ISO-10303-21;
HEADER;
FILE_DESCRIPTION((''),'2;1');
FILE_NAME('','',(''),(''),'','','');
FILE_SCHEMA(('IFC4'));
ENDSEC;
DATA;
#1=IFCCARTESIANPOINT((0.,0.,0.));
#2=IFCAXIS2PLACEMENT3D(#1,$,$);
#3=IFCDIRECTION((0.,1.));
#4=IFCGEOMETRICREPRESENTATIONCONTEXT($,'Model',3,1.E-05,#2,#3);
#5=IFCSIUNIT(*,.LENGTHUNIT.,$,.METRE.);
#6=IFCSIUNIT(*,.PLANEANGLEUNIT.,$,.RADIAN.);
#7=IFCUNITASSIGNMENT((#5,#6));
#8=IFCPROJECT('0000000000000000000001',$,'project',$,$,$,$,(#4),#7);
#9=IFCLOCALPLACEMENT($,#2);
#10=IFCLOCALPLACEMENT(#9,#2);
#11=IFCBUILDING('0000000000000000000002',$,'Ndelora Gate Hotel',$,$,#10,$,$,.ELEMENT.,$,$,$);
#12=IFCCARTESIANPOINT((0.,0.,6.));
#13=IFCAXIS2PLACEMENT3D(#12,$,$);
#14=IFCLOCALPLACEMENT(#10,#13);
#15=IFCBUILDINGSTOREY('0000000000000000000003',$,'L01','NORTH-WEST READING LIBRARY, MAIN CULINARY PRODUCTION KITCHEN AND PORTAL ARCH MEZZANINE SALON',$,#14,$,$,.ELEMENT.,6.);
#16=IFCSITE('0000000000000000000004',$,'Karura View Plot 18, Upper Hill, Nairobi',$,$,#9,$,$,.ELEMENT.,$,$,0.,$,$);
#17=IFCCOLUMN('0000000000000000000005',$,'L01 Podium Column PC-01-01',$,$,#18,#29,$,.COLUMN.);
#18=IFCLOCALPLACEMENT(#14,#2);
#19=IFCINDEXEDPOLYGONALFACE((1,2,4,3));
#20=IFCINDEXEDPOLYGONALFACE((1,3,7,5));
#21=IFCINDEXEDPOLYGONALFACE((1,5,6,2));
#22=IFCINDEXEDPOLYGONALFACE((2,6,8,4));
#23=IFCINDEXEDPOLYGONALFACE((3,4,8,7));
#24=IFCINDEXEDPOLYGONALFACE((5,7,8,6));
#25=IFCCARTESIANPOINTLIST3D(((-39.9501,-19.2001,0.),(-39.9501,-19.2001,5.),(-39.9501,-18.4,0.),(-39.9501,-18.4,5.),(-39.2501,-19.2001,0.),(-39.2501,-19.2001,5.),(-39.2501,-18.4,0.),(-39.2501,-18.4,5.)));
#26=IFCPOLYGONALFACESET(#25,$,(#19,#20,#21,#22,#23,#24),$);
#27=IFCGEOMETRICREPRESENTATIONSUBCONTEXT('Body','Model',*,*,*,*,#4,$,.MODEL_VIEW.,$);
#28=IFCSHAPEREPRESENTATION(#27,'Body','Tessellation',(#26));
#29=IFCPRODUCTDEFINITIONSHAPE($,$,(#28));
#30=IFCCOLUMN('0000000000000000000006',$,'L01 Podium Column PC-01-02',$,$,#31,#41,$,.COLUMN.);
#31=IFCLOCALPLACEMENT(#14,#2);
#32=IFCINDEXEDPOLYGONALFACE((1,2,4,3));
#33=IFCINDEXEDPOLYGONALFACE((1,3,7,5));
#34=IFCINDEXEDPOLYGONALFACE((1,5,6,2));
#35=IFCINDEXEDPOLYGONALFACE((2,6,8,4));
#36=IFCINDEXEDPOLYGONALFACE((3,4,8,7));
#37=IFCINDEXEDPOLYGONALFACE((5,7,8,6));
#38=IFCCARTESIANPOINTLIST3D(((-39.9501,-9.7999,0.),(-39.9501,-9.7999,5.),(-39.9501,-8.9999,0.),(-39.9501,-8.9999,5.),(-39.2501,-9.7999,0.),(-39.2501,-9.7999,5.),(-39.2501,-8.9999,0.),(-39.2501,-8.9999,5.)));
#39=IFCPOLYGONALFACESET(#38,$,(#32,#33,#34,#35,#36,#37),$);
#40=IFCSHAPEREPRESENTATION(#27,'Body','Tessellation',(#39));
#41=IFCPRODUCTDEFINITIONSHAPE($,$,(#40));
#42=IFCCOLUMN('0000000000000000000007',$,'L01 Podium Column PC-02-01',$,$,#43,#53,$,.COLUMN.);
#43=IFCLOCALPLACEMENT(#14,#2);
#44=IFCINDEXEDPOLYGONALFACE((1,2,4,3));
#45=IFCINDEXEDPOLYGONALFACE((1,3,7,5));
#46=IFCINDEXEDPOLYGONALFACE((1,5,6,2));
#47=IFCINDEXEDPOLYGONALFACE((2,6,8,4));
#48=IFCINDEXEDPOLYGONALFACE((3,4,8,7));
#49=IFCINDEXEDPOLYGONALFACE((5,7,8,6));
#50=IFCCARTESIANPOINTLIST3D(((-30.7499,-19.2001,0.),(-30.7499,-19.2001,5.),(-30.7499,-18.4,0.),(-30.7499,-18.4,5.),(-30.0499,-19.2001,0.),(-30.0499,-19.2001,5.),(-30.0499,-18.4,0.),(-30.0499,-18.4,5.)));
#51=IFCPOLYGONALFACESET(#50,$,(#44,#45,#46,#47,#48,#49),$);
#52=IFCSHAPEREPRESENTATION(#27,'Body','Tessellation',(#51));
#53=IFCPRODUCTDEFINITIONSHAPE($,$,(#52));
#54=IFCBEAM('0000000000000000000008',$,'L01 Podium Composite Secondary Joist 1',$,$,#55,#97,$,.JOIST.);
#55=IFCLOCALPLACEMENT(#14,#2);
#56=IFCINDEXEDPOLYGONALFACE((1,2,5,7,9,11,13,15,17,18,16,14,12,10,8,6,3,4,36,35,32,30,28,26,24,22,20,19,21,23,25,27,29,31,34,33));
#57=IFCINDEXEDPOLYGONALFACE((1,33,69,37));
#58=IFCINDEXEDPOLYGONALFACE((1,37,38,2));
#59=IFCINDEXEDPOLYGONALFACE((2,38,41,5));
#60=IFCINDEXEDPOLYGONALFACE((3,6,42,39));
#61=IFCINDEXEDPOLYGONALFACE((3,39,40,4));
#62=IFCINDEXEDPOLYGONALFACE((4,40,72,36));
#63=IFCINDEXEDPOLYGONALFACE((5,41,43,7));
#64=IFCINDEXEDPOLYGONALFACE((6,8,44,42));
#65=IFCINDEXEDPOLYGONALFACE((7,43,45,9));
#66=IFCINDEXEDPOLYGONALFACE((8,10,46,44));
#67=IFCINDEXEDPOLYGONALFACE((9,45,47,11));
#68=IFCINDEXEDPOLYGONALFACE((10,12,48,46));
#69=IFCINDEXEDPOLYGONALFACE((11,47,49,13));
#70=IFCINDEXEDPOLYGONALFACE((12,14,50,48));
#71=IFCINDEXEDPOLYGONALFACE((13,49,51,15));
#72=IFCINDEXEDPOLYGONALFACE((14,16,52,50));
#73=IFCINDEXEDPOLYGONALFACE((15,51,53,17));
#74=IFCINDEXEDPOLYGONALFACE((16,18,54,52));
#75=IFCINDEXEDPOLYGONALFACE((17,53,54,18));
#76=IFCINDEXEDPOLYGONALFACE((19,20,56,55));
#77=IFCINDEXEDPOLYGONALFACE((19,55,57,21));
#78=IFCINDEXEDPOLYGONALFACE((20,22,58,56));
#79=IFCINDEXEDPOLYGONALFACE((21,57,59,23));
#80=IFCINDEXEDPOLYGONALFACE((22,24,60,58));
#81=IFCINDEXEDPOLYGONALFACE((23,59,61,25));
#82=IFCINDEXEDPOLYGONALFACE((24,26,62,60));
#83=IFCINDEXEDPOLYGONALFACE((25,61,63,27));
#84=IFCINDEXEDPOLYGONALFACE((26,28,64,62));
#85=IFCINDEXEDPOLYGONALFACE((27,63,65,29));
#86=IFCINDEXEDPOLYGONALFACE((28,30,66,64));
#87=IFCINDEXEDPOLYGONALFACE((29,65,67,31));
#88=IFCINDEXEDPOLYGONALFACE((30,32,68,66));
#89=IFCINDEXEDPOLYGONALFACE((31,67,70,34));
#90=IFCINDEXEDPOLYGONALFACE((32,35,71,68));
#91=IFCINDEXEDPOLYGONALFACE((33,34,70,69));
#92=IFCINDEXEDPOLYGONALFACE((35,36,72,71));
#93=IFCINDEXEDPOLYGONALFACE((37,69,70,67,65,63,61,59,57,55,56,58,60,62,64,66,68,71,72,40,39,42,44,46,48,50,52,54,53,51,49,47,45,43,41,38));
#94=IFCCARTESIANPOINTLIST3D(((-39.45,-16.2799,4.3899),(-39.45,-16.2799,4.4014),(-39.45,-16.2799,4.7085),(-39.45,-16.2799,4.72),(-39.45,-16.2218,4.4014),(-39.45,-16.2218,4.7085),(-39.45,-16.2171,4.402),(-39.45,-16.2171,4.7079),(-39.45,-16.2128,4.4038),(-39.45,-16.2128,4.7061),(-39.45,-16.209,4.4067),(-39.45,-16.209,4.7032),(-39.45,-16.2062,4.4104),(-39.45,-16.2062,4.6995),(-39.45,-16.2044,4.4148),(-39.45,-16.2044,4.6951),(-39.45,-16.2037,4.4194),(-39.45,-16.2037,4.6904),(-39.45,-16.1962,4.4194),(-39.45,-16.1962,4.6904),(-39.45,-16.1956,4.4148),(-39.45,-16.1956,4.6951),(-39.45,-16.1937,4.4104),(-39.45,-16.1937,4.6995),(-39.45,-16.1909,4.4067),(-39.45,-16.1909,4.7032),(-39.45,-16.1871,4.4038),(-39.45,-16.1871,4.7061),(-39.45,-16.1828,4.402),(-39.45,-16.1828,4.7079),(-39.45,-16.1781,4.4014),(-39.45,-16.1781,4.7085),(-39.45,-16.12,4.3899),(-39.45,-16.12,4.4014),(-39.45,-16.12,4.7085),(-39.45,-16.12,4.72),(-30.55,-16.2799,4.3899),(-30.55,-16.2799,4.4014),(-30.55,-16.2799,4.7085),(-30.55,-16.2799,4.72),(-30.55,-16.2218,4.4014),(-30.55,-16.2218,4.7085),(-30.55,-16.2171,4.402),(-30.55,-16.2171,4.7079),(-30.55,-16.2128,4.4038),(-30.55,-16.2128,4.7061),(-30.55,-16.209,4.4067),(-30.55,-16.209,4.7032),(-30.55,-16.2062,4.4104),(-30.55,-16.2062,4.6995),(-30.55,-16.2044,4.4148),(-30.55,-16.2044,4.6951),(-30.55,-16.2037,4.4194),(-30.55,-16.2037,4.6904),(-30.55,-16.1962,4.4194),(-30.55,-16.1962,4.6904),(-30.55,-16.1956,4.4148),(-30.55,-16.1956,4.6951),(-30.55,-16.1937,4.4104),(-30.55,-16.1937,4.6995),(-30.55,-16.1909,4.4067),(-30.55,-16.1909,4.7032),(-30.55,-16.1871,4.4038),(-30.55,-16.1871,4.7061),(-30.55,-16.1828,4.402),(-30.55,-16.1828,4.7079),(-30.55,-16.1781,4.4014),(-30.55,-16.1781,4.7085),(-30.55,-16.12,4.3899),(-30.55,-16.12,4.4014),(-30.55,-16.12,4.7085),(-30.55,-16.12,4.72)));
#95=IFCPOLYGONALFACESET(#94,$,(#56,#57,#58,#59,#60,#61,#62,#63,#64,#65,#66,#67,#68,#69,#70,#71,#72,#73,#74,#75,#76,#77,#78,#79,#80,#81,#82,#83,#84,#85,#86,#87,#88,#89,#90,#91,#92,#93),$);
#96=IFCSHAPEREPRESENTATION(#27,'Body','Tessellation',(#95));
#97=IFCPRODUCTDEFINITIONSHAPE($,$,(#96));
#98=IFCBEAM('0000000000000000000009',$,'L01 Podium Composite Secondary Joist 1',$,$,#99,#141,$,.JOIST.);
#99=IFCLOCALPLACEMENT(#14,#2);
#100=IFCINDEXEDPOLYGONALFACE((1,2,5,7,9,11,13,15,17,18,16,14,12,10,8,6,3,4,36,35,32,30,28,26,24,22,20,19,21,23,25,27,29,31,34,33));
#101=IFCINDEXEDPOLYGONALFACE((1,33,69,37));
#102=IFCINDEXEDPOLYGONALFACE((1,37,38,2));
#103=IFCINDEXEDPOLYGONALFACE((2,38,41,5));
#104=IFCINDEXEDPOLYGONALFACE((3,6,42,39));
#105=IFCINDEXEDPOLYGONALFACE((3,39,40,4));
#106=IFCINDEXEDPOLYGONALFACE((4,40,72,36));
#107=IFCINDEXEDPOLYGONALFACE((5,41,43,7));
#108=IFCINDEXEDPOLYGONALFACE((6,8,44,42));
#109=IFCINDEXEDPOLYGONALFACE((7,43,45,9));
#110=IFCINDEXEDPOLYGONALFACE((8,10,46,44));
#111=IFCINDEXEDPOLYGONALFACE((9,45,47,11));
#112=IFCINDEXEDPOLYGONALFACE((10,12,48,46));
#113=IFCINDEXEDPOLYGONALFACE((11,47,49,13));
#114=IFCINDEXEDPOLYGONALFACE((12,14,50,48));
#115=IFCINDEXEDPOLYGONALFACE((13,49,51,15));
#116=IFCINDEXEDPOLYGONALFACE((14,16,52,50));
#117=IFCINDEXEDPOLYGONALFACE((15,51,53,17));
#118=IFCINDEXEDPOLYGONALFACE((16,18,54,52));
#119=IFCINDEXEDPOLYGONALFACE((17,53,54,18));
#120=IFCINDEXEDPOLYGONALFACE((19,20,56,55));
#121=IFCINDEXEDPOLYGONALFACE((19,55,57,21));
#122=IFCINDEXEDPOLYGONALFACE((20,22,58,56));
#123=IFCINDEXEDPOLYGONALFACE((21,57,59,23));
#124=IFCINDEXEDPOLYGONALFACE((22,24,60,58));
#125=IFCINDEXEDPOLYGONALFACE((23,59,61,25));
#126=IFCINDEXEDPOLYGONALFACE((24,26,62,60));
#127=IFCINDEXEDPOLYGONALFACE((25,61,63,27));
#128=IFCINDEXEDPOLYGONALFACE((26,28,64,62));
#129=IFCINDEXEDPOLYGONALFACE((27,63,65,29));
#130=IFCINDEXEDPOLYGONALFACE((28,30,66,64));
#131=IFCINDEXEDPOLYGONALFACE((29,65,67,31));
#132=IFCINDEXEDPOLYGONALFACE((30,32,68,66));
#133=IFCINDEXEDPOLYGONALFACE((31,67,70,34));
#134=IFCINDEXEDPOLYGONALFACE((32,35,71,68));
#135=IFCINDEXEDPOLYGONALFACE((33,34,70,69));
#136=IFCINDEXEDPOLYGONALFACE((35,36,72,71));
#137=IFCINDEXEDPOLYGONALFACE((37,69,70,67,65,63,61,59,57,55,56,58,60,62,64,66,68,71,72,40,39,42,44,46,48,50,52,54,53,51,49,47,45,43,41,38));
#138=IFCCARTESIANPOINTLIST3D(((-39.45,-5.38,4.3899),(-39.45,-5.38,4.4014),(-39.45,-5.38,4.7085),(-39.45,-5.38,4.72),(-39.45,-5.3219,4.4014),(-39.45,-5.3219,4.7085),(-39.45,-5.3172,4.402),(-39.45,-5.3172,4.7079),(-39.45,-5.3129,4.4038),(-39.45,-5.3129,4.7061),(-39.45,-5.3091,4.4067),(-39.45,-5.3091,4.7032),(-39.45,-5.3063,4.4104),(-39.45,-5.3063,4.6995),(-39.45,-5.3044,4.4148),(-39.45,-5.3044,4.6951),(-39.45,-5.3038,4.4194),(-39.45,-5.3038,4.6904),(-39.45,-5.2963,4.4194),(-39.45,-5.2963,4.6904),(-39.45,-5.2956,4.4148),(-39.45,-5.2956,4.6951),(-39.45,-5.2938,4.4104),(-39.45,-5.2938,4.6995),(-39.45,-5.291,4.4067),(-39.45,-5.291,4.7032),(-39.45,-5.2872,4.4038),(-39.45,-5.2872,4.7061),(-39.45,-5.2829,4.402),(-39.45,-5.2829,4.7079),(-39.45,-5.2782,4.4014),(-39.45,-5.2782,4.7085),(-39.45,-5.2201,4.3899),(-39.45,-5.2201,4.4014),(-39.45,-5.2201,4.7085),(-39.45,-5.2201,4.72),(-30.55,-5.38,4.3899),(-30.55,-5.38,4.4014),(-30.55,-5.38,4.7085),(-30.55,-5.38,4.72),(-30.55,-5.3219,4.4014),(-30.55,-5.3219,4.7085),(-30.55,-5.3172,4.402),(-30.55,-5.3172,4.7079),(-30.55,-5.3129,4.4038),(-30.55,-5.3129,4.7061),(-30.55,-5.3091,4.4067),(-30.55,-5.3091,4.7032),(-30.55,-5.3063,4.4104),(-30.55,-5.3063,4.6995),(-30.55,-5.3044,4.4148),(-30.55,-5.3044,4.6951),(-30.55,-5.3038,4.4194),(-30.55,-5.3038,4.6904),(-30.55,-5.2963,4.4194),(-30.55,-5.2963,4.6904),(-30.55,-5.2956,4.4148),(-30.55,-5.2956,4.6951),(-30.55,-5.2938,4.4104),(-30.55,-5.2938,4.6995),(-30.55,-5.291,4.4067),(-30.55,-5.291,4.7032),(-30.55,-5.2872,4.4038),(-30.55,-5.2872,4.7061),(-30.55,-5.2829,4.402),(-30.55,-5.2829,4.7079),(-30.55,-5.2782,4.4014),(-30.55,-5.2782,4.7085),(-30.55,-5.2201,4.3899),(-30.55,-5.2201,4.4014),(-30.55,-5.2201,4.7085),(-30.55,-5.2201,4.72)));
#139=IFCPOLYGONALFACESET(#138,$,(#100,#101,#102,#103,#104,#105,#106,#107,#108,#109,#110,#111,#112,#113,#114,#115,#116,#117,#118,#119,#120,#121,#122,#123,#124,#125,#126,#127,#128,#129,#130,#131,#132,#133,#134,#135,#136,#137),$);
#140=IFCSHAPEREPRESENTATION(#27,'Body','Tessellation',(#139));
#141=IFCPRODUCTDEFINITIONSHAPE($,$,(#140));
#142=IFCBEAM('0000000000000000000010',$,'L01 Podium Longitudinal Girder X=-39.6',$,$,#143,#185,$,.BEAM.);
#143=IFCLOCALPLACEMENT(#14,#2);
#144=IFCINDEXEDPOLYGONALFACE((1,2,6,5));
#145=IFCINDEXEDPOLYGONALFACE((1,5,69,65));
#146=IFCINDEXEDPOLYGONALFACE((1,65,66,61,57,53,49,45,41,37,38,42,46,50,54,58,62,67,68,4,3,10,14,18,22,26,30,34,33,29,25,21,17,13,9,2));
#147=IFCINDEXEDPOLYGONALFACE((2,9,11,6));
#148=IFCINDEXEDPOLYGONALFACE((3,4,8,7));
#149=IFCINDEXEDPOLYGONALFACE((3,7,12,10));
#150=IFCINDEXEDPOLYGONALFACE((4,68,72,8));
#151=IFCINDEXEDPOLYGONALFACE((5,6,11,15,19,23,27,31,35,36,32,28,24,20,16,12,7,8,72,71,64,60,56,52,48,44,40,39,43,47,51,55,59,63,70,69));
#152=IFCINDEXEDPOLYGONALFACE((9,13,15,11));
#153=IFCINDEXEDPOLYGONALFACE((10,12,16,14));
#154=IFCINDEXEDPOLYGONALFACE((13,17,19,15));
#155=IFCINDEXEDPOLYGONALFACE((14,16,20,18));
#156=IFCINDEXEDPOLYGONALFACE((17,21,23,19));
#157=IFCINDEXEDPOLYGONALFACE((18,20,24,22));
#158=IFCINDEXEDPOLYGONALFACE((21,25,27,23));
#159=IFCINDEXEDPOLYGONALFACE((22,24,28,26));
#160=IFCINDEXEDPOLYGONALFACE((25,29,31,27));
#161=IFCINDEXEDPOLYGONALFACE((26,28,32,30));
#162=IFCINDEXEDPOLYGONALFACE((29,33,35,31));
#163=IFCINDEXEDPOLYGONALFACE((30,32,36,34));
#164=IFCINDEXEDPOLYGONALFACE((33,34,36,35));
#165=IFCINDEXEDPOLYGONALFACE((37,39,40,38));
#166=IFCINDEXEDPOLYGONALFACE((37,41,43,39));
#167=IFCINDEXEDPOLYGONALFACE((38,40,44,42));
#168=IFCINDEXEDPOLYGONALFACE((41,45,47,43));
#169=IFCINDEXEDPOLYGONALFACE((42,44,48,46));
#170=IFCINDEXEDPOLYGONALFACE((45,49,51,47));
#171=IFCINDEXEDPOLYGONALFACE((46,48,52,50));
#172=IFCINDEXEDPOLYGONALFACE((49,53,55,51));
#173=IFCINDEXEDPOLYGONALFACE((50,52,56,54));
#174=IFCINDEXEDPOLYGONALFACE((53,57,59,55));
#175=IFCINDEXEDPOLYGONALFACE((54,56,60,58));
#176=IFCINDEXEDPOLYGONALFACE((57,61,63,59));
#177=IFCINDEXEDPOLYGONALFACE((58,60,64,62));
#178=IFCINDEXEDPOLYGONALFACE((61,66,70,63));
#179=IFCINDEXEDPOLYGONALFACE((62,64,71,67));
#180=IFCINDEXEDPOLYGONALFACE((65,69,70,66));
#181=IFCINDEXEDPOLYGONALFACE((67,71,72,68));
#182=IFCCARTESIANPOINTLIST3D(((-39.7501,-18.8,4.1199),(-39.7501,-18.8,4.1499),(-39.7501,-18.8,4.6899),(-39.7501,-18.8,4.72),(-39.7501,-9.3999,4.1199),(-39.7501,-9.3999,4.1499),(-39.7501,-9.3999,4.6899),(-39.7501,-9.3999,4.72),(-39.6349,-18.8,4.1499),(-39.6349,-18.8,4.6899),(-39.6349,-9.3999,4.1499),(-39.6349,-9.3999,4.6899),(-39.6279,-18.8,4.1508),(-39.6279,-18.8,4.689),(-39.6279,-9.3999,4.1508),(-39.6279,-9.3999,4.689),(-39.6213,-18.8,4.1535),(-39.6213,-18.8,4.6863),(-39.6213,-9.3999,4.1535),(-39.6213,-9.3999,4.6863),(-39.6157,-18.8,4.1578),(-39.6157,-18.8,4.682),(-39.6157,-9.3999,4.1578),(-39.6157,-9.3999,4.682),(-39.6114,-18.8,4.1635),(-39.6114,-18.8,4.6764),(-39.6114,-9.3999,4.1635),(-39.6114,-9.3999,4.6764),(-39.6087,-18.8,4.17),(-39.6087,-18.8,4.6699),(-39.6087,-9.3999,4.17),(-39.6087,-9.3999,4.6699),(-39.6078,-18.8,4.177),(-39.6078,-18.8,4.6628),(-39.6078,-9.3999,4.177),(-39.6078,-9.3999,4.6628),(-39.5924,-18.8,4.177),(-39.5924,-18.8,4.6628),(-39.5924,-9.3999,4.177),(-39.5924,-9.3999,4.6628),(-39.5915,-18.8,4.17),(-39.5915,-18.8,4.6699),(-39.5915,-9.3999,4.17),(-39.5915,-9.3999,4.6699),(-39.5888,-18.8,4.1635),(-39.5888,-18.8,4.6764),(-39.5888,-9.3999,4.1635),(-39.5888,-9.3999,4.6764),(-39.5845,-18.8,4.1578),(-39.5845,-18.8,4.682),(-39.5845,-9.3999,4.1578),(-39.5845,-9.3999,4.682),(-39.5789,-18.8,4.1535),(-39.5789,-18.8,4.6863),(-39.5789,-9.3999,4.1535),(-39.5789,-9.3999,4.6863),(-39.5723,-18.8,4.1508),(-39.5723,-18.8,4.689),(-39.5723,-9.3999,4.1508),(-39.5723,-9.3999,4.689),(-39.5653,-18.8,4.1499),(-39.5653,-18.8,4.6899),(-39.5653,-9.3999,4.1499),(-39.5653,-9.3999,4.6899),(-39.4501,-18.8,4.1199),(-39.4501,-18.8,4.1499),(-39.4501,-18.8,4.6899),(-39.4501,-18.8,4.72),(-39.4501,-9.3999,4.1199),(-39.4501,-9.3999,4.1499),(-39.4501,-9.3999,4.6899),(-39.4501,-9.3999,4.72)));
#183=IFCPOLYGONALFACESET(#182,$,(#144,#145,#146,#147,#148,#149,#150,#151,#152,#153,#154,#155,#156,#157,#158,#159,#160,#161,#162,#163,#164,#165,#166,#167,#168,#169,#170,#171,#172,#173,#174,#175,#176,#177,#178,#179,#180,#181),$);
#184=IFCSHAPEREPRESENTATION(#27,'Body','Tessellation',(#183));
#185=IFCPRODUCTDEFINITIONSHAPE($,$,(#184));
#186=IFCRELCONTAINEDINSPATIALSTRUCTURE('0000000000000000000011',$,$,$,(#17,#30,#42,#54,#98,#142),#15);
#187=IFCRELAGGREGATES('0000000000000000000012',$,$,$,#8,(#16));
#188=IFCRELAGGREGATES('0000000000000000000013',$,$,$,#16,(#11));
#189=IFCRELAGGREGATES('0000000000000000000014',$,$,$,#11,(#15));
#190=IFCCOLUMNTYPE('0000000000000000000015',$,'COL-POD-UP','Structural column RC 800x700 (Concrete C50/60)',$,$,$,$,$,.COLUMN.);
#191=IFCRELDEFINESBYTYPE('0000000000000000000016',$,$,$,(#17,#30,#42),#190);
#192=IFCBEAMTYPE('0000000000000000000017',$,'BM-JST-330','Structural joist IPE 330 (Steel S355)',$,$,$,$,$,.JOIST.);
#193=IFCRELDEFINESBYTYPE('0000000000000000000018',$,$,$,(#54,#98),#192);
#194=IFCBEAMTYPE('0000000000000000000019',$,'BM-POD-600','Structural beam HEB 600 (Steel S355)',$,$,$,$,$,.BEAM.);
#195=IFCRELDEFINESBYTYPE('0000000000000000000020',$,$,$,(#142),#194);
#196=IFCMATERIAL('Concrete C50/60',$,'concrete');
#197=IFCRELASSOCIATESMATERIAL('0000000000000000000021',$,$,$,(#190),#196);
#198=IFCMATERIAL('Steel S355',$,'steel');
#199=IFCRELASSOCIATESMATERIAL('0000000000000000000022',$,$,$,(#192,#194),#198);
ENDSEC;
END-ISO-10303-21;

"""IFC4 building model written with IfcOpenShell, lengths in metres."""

from ifc_helpers import new_model, si_unit, direction, frame, origin, origin_2d, place, context, subcontext, project, spatial, rectangle, i_section, extrude, material, material_profile, profile_set, type_object, element, save


model = new_model("IFC4")

# Units and contexts
model_context = context("Model", 3, precision=1e-05, world=origin(), true_north=direction((0.0, 1.0)))
body_context = subcontext(model_context, "Body", "Model", "MODEL_VIEW")
ifc_project = project(units=[si_unit("LENGTHUNIT", "METRE"), si_unit("PLANEANGLEUNIT", "RADIAN")], contexts=[model_context])

# Site, building, storey
site_placement = place(None, origin())
site = spatial("IfcSite", under=ifc_project, at=site_placement, Name="Karura View Plot 18, Upper Hill, Nairobi", CompositionType="ELEMENT", RefElevation=0.0)
building_placement = place(site_placement, origin())
building = spatial("IfcBuilding", under=site, at=building_placement, Name="Ndelora Gate Hotel", CompositionType="ELEMENT")
storey_placement = place(building_placement, frame((0.0, 0.0, 6.0)))
storey = spatial("IfcBuildingStorey", under=building, at=storey_placement, Name="L01", Description="NORTH-WEST READING LIBRARY, MAIN CULINARY PRODUCTION KITCHEN AND PORTAL ARCH MEZZANINE SALON", CompositionType="ELEMENT", Elevation=6.0)

# Columns
ifc_material_1 = material(Name="Concrete C50/60", Category="concrete")
ifc_material_profile_1 = material_profile(ifc_material_1, rectangle(XDim=0.7, YDim=0.8, at=origin_2d()), Name="RC 800x700")
ifc_profile_set_1 = profile_set([ifc_material_profile_1], Name="Concrete C50/60")
column_type = type_object("IfcColumnType", Name="COL-POD-UP", Description="Structural column RC 800x700 (Concrete C50/60)", PredefinedType="COLUMN", material=ifc_profile_set_1)
for number, where, z_axis, x_axis, name in (
    (1, (-39.6001, -18.8, 0.0), (0.0, 0.0, 1.0), (1.0, 0.0, 0.0), "L01 Podium Column PC-01-01"),
    (2, (-39.6001, -9.3999, 0.0), (0.0, 0.0, 1.0), (1.0, 0.0, 0.0), "L01 Podium Column PC-01-02"),
    (3, (-30.3999, -18.8, 0.0), (0.0, 0.0, 1.0), (1.0, 0.0, 0.0), "L01 Podium Column PC-02-01"),
):
    element("IfcColumn", number, at=place(storey_placement, frame(where, z_axis=z_axis, x_axis=x_axis)), inside=storey, type_object=column_type, Name=name, PredefinedType="COLUMN", context=body_context, shape_type="SweptSolid", body=[
        extrude(rectangle(XDim=0.7, YDim=0.8, at=origin_2d()), origin(), (0.0, 0.0, 1.0), 5.0),
    ])

# Beams
ifc_material_2 = material(Name="Steel S355", Category="steel")
ifc_material_profile_2 = material_profile(ifc_material_2, i_section(OverallWidth=0.1599, OverallDepth=0.3301, WebThickness=0.0076, FlangeThickness=0.0115, FilletRadius=0.0181, at=origin_2d()), Name="IPE 330")
ifc_profile_set_2 = profile_set([ifc_material_profile_2], Name="Steel S355")
beam_type_1 = type_object("IfcBeamType", Name="BM-JST-330", Description="Structural joist IPE 330 (Steel S355)", PredefinedType="JOIST", material=ifc_profile_set_2)
for number, where, z_axis, x_axis, name in (
    (4, (-39.45, -16.2, 4.5549), (1.0, 0.0, 0.0), (0.0, 1.0, 0.0), "L01 Podium Composite Secondary Joist 1"),
    (5, (-39.45, -5.3, 4.5549), (1.0, 0.0, 0.0), (0.0, 1.0, 0.0), "L01 Podium Composite Secondary Joist 1"),
):
    element("IfcBeam", number, at=place(storey_placement, frame(where, z_axis=z_axis, x_axis=x_axis)), inside=storey, type_object=beam_type_1, Name=name, PredefinedType="JOIST", context=body_context, shape_type="SweptSolid", body=[
        extrude(i_section(OverallWidth=0.1599, OverallDepth=0.3301, WebThickness=0.0076, FlangeThickness=0.0115, FilletRadius=0.0181, at=origin_2d()), origin(), (0.0, 0.0, 1.0), 8.8999),
    ])
ifc_material_profile_3 = material_profile(ifc_material_2, i_section(OverallWidth=0.3, OverallDepth=0.6001, WebThickness=0.0154, FlangeThickness=0.03, FilletRadius=0.0271, at=origin_2d()), Name="HEB 600")
ifc_profile_set_3 = profile_set([ifc_material_profile_3], Name="Steel S355")
beam_type_2 = type_object("IfcBeamType", Name="BM-POD-600", Description="Structural beam HEB 600 (Steel S355)", PredefinedType="BEAM", material=ifc_profile_set_3)
beam_1_placement = place(storey_placement, frame((-39.6001, -18.8, 4.4199), z_axis=(0.0, 1.0, 0.0), x_axis=(-1.0, 0.0, 0.0)))
element("IfcBeam", 6, at=beam_1_placement, inside=storey, type_object=beam_type_2, Name="L01 Podium Longitudinal Girder X=-39.6", PredefinedType="BEAM", context=body_context, shape_type="SweptSolid", body=[
    extrude(i_section(OverallWidth=0.3, OverallDepth=0.6001, WebThickness=0.0154, FlangeThickness=0.03, FilletRadius=0.0271, at=origin_2d()), origin(), (0.0, 0.0, 1.0), 9.4001),
])

save(model, "model.ifc")
